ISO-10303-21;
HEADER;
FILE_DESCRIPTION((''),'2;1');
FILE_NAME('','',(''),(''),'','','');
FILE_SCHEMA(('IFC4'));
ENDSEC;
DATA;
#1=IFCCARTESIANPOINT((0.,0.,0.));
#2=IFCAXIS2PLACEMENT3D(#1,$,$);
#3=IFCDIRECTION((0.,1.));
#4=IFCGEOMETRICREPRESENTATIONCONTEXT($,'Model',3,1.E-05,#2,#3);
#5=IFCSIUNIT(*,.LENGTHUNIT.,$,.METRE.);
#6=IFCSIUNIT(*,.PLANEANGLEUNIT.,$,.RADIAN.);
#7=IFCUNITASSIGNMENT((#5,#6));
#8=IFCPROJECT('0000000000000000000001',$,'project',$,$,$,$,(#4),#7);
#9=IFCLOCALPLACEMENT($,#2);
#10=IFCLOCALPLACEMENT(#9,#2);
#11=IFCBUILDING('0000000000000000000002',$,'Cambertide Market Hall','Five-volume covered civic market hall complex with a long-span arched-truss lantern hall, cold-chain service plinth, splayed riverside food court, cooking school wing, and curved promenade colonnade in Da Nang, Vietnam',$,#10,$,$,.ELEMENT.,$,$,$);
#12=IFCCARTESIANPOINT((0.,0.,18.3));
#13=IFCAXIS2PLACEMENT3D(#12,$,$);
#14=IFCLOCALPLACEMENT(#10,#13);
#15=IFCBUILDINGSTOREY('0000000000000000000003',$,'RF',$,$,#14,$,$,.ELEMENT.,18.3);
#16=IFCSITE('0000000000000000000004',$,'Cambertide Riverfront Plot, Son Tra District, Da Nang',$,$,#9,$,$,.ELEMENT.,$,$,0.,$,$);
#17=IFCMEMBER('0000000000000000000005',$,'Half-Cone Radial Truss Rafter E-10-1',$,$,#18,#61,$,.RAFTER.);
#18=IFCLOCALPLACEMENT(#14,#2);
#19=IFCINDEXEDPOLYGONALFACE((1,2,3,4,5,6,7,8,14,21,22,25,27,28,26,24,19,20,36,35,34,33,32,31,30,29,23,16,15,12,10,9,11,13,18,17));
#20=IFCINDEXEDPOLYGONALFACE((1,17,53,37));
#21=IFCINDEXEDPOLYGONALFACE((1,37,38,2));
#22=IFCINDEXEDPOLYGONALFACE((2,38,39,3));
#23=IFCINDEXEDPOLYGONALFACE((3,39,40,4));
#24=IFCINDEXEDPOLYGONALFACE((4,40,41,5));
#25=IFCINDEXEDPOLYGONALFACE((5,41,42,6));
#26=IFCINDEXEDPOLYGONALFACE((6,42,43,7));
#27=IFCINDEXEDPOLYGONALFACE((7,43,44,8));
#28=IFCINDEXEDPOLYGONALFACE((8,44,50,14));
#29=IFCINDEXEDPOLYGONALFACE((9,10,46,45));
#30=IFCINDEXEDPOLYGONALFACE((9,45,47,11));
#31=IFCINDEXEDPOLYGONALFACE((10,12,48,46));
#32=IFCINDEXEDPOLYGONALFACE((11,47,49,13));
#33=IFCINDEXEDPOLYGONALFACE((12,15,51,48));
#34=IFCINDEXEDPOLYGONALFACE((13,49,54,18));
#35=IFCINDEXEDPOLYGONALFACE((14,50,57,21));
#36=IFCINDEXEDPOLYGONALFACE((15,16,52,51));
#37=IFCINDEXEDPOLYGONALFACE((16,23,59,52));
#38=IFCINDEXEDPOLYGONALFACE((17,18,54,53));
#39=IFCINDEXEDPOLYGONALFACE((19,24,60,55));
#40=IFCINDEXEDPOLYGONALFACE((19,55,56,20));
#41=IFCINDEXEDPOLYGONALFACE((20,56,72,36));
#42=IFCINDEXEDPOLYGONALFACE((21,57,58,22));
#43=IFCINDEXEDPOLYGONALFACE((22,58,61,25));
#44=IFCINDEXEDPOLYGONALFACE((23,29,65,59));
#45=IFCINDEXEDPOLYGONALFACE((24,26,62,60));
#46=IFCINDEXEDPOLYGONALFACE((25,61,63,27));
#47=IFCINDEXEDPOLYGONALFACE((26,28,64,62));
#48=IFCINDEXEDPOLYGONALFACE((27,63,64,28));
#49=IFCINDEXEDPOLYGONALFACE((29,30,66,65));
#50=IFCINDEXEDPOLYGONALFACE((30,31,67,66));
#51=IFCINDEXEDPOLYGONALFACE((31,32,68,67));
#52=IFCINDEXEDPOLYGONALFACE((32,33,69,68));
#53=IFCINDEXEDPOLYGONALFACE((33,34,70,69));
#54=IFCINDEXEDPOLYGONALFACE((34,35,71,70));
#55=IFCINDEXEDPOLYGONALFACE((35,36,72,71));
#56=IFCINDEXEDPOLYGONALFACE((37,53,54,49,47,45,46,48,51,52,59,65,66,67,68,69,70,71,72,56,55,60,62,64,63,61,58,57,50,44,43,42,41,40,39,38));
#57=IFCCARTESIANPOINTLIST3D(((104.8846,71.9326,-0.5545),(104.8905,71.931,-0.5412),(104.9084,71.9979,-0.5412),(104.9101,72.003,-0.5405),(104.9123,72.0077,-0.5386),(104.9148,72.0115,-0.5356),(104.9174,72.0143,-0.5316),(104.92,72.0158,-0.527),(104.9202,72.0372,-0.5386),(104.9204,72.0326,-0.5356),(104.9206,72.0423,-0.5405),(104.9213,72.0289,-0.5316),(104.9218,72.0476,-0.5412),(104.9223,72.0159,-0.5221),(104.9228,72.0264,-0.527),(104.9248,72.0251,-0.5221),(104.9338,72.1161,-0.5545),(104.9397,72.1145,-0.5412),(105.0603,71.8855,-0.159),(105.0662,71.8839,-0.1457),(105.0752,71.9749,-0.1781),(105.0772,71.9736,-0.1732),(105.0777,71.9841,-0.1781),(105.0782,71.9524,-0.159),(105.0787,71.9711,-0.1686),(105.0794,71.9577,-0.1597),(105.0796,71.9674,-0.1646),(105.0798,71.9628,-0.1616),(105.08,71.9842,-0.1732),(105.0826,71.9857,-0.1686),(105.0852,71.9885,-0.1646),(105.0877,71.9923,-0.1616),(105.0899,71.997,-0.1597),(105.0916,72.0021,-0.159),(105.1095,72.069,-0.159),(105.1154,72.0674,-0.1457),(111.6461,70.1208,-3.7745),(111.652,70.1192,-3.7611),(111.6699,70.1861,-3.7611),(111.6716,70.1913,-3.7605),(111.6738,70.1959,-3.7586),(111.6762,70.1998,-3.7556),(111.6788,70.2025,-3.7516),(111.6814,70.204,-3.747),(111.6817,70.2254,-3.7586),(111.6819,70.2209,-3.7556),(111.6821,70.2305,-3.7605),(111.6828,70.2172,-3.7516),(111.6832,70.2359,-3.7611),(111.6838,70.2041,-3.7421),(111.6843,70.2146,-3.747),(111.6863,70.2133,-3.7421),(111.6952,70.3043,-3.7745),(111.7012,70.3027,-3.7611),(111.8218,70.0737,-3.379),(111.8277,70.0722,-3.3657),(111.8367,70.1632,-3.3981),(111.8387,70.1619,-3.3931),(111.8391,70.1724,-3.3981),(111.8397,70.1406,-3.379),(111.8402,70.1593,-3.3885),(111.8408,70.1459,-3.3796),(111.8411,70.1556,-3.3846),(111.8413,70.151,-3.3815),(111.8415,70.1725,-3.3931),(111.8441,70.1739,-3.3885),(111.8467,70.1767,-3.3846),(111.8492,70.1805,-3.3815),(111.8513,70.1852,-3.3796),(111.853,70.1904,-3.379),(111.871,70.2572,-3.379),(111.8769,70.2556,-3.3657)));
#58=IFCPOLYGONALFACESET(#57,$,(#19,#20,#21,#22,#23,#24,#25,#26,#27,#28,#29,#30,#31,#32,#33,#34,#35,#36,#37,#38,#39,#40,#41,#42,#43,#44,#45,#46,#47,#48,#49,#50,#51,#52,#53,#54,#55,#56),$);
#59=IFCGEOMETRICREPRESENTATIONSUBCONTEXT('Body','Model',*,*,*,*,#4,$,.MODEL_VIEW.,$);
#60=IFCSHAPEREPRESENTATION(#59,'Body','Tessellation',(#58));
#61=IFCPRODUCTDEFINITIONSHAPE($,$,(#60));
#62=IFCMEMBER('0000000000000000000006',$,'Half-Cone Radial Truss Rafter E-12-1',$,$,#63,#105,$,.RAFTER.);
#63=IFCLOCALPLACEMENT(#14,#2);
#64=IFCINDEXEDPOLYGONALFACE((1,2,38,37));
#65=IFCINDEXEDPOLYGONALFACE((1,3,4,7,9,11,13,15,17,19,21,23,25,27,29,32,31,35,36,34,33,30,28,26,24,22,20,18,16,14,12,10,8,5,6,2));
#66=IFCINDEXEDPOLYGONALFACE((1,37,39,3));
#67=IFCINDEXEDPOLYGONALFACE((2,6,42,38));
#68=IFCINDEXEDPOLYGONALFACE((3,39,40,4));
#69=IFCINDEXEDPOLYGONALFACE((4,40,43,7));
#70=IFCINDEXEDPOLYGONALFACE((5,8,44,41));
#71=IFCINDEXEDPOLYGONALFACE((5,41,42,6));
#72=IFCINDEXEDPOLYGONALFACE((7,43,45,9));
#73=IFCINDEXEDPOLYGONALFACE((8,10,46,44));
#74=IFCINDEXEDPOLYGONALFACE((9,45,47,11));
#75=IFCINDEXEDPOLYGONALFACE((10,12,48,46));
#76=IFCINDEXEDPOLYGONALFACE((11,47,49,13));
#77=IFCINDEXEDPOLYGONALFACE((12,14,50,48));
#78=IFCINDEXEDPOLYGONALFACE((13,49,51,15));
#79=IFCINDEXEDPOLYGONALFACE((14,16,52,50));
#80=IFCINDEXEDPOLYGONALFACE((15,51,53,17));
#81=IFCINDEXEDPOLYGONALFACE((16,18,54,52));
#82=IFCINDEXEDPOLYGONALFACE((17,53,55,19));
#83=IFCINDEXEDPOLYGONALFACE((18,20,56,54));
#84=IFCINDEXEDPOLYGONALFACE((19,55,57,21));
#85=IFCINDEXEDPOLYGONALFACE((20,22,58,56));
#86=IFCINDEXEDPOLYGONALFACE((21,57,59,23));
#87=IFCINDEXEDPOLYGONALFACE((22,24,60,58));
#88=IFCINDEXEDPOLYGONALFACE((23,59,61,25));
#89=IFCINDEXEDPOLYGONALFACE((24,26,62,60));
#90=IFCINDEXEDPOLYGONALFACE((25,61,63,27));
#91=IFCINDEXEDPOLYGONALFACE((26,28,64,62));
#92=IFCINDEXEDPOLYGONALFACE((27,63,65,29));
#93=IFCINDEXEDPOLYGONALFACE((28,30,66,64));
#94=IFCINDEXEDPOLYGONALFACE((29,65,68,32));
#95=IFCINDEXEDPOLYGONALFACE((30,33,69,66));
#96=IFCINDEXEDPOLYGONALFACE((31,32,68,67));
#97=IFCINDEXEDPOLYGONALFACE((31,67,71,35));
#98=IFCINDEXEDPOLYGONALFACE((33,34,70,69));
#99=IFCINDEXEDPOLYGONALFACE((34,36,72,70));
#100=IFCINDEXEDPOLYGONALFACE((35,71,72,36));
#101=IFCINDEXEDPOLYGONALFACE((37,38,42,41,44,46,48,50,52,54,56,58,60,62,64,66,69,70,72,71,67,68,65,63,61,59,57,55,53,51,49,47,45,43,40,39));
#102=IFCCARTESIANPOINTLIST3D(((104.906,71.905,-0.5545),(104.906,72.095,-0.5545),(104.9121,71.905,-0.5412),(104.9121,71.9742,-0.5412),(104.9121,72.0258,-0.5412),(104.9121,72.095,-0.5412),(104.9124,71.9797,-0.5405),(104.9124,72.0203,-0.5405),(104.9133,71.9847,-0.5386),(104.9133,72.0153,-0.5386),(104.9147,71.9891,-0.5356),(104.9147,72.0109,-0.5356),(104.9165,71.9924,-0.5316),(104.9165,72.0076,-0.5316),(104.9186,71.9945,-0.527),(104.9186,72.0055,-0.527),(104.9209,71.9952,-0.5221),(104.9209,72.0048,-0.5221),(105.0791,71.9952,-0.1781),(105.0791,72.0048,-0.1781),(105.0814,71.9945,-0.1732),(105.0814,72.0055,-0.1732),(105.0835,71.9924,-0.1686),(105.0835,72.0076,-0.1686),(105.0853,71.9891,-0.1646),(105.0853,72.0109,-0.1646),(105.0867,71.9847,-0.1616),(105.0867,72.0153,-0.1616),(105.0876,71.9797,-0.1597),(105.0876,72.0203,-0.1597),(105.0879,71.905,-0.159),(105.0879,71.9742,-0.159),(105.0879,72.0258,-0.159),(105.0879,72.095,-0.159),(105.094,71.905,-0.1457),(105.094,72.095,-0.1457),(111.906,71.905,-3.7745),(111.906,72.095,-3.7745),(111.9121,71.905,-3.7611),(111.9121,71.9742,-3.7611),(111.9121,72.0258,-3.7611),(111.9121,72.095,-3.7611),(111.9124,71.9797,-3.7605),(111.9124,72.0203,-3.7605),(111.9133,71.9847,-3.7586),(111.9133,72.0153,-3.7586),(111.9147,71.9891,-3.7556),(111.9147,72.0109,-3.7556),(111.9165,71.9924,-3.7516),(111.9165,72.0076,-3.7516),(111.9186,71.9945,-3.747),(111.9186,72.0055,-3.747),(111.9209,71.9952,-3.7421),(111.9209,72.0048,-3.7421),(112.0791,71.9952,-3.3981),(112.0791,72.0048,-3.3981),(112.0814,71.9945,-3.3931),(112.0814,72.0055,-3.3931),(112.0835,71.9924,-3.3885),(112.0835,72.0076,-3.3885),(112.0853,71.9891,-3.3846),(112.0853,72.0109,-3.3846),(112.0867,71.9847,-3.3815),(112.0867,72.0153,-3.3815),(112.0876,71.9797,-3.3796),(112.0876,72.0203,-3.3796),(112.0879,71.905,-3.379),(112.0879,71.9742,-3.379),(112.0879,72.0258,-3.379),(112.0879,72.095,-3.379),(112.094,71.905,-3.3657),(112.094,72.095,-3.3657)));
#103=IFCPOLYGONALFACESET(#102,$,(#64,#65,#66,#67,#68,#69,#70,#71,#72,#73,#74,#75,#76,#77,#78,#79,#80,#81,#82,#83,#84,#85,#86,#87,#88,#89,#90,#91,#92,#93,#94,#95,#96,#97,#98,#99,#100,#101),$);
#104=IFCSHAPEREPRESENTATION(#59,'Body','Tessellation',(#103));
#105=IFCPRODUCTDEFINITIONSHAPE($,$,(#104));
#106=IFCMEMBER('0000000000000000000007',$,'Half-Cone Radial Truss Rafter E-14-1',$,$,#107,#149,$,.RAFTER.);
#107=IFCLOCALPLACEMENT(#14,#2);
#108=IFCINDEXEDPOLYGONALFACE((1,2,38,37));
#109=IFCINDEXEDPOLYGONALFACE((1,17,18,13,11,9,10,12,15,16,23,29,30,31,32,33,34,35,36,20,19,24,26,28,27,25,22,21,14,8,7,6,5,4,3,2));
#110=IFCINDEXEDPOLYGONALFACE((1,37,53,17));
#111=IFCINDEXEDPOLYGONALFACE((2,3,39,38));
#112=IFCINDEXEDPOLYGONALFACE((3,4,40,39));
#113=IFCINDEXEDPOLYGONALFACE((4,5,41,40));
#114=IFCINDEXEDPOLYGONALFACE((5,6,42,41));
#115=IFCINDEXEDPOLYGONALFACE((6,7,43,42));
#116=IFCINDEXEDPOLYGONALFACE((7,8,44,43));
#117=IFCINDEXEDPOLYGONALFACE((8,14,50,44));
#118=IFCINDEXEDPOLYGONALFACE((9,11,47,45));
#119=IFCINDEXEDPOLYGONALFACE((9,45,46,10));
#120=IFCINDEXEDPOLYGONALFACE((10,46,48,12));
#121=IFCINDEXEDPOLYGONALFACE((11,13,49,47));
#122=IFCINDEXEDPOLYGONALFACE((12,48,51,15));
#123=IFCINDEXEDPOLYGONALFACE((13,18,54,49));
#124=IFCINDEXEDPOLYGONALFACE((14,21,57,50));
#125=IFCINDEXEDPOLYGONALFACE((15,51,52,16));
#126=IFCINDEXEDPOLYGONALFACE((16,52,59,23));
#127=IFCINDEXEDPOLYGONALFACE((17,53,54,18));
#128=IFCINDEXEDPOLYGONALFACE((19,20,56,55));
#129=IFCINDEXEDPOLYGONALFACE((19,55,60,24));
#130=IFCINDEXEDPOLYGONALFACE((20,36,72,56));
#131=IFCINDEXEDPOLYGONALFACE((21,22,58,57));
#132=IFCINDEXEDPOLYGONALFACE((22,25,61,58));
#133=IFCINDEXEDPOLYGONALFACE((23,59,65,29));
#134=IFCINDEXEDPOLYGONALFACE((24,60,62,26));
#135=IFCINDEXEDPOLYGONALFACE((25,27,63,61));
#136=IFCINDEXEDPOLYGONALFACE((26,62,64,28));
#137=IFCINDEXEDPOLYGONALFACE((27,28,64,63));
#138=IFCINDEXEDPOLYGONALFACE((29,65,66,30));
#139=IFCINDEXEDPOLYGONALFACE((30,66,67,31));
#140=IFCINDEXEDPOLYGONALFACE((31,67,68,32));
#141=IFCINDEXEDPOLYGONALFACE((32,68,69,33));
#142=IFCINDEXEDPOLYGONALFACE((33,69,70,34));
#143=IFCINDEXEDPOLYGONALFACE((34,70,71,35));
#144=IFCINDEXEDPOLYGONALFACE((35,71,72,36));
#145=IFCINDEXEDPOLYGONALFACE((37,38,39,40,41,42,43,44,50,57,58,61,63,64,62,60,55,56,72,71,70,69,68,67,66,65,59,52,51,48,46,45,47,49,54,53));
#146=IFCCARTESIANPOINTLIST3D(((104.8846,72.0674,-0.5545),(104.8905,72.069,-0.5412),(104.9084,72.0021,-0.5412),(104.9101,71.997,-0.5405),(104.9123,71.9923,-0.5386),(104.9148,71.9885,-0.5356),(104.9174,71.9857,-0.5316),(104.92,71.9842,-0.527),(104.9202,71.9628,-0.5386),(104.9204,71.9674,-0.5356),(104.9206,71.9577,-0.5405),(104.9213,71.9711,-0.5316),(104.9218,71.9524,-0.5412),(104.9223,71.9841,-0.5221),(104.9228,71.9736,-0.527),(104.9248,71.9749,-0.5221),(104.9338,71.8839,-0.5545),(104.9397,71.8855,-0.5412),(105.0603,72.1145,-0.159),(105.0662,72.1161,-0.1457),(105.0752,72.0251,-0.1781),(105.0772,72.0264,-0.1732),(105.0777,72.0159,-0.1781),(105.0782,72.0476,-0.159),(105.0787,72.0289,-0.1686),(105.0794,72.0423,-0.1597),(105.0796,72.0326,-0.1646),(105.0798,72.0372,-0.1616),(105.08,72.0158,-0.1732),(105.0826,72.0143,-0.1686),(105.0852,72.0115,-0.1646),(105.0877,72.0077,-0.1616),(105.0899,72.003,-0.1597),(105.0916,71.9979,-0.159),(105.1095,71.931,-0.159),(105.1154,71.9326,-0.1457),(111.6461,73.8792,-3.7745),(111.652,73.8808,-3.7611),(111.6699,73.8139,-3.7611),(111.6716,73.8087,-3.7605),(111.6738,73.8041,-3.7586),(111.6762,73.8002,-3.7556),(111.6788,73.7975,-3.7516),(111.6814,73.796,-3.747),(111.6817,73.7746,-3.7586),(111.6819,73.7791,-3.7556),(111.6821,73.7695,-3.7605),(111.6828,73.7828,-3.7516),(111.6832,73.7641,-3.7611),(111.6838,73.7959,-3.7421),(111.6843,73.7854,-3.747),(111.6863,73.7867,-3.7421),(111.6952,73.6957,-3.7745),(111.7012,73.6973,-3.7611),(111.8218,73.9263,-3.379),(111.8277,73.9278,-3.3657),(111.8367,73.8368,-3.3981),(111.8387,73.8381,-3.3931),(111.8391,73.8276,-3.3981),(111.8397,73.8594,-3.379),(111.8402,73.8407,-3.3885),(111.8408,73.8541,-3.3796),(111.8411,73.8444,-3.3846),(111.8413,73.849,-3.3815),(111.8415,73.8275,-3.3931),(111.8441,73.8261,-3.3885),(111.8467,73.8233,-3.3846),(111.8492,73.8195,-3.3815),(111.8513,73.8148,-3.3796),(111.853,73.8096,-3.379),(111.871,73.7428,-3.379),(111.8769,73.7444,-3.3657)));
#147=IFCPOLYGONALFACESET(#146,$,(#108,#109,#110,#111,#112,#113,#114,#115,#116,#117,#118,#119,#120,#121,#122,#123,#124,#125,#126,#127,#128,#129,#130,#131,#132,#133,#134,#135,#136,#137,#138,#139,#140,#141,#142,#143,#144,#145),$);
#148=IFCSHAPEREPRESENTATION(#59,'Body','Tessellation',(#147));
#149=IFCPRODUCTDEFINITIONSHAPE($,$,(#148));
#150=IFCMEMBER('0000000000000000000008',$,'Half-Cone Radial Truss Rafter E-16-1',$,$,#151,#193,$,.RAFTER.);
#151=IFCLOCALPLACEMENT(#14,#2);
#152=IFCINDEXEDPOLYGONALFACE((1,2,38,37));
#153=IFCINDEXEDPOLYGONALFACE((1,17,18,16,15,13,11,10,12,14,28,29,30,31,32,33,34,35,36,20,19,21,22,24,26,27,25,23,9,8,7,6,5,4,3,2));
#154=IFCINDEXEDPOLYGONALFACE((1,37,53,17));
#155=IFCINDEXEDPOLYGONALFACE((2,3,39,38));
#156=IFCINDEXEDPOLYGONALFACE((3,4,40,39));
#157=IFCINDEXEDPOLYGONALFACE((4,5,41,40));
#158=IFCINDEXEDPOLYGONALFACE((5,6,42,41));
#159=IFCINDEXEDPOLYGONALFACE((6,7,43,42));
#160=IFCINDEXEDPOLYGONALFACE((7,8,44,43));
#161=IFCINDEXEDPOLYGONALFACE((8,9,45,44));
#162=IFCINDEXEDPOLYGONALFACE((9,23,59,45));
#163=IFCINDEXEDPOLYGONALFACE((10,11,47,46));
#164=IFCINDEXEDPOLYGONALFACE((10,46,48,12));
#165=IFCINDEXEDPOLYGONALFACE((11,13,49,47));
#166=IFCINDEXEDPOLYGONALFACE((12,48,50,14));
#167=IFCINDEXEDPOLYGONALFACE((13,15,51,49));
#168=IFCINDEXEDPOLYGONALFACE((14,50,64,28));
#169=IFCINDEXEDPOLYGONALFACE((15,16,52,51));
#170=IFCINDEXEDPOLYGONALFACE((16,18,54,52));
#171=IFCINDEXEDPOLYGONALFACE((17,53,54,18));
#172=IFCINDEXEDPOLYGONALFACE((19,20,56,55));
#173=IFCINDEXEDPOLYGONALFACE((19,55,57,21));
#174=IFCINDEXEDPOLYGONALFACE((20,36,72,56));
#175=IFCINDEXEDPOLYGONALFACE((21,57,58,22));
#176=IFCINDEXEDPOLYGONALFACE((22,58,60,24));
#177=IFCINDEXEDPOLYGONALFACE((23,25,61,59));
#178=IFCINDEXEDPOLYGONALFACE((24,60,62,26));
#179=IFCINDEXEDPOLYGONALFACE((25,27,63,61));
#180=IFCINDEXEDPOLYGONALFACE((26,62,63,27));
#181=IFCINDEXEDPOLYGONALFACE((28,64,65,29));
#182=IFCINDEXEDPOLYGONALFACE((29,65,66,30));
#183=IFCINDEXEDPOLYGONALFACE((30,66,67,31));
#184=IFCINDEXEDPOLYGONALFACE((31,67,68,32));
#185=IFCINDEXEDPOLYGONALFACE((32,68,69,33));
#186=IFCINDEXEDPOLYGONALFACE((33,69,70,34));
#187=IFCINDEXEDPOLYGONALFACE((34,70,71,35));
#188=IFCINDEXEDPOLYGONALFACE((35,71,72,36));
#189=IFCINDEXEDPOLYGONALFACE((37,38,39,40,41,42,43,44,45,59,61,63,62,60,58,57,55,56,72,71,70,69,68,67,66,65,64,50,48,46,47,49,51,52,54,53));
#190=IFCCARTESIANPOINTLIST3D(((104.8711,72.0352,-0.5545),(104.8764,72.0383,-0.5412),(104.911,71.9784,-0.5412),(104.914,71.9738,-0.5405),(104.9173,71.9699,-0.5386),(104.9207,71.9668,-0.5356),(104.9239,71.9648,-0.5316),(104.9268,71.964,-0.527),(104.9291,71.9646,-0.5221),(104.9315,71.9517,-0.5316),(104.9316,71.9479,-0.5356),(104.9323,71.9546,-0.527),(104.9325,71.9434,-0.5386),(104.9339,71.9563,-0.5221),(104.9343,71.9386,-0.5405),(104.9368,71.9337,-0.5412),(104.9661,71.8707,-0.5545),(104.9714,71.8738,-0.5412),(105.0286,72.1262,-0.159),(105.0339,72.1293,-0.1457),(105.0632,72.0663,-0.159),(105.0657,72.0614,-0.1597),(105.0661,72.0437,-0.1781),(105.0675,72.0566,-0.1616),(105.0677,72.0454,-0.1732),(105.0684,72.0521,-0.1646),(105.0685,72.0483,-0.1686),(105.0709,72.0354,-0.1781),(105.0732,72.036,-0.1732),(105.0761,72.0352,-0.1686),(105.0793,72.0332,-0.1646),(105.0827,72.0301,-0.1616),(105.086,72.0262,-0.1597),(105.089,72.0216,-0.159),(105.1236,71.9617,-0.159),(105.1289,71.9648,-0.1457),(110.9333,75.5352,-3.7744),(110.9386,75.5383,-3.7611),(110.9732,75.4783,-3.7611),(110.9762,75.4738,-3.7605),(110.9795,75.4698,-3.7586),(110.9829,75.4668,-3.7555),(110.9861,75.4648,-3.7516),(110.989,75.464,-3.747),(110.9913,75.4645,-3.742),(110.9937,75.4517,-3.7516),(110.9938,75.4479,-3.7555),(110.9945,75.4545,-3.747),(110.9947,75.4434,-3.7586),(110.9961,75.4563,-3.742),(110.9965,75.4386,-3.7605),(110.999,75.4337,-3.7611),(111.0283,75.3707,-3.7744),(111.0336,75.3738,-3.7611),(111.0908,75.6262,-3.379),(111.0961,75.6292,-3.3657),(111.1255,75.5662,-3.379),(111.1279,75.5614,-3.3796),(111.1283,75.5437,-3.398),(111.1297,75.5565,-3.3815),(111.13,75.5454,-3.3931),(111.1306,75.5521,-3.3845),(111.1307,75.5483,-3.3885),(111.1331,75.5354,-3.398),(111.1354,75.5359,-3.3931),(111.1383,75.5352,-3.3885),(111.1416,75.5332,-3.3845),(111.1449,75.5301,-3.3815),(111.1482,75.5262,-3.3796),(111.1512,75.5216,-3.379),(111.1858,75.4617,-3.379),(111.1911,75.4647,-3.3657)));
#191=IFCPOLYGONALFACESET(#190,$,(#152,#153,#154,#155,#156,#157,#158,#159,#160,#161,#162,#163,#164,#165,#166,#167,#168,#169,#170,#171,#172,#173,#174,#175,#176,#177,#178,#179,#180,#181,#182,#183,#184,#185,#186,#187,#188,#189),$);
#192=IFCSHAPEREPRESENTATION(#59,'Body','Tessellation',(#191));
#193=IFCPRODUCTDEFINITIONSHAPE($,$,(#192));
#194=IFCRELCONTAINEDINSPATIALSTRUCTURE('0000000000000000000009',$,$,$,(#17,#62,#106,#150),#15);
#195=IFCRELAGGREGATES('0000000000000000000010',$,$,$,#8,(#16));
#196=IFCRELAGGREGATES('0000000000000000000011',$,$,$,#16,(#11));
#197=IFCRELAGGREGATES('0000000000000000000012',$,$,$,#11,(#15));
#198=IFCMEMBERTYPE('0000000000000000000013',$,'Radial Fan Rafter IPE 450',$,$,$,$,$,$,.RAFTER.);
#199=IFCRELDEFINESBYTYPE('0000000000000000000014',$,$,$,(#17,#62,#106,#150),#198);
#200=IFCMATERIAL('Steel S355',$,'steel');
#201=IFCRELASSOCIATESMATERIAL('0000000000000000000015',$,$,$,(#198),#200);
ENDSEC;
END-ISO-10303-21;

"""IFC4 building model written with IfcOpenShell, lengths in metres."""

from ifc_helpers import new_model, si_unit, direction, frame, origin, origin_2d, place, context, subcontext, project, spatial, i_section, extrude, material, material_profile, profile_set, type_object, element, save


model = new_model("IFC4")

# Units and contexts
model_context = context("Model", 3, precision=1e-05, world=origin(), true_north=direction((0.0, 1.0)))
body_context = subcontext(model_context, "Body", "Model", "MODEL_VIEW")
ifc_project = project(units=[si_unit("LENGTHUNIT", "METRE"), si_unit("PLANEANGLEUNIT", "RADIAN")], contexts=[model_context])

# Site, building, storey
site_placement = place(None, origin())
site = spatial("IfcSite", under=ifc_project, at=site_placement, Name="Cambertide Riverfront Plot, Son Tra District, Da Nang", CompositionType="ELEMENT", RefElevation=0.0)
building_placement = place(site_placement, origin())
building = spatial("IfcBuilding", under=site, at=building_placement, Name="Cambertide Market Hall", Description="Five-volume covered civic market hall complex with a long-span arched-truss lantern hall, cold-chain service plinth, splayed riverside food court, cooking school wing, and curved promenade colonnade in Da Nang, Vietnam", CompositionType="ELEMENT")
storey_placement = place(building_placement, frame((0.0, 0.0, 18.3)))
storey = spatial("IfcBuildingStorey", under=building, at=storey_placement, Name="RF", CompositionType="ELEMENT", Elevation=18.3)

# Members
ifc_material_1 = material(Name="Steel S355", Category="steel")
ifc_material_profile_1 = material_profile(ifc_material_1, i_section(OverallWidth=0.1899, OverallDepth=0.45, WebThickness=0.0095, FlangeThickness=0.0146, FilletRadius=0.021, at=origin_2d()), Name="IPE 450")
ifc_profile_set_1 = profile_set([ifc_material_profile_1], Name="Steel S355")
member_type_1 = type_object("IfcMemberType", Name="Radial Fan Rafter IPE 450", PredefinedType="RAFTER", material=ifc_profile_set_1)
for number, where, z_axis, x_axis, name in (
    (1, (105.0, 72.0, -0.3501), (0.877535, -0.235139, -0.417902), (0.258824, 0.965925, 0.0), "Half-Cone Radial Truss Rafter E-10-1"),
    (2, (105.0, 72.0, -0.3501), (0.908492, 0.0, -0.417902), (0.0, 1.0, 0.0), "Half-Cone Radial Truss Rafter E-12-1"),
    (3, (105.0, 72.0, -0.3501), (0.877535, 0.235139, -0.417902), (-0.258824, 0.965925, 0.0), "Half-Cone Radial Truss Rafter E-14-1"),
    (4, (105.0, 72.0, -0.3501), (0.786781, 0.454242, -0.417899), (-0.499995, 0.866028, 0.0), "Half-Cone Radial Truss Rafter E-16-1"),
):
    element("IfcMember", number, at=place(storey_placement, frame(where, z_axis=z_axis, x_axis=x_axis)), inside=storey, type_object=member_type_1, Name=name, PredefinedType="RAFTER", context=body_context, shape_type="SweptSolid", body=[
        extrude(i_section(OverallWidth=0.1899, OverallDepth=0.45, WebThickness=0.0095, FlangeThickness=0.0146, FilletRadius=0.021, at=origin_2d()), origin(), (0.0, 0.0, 1.0), 7.7051),
    ])

save(model, "model.ifc")
